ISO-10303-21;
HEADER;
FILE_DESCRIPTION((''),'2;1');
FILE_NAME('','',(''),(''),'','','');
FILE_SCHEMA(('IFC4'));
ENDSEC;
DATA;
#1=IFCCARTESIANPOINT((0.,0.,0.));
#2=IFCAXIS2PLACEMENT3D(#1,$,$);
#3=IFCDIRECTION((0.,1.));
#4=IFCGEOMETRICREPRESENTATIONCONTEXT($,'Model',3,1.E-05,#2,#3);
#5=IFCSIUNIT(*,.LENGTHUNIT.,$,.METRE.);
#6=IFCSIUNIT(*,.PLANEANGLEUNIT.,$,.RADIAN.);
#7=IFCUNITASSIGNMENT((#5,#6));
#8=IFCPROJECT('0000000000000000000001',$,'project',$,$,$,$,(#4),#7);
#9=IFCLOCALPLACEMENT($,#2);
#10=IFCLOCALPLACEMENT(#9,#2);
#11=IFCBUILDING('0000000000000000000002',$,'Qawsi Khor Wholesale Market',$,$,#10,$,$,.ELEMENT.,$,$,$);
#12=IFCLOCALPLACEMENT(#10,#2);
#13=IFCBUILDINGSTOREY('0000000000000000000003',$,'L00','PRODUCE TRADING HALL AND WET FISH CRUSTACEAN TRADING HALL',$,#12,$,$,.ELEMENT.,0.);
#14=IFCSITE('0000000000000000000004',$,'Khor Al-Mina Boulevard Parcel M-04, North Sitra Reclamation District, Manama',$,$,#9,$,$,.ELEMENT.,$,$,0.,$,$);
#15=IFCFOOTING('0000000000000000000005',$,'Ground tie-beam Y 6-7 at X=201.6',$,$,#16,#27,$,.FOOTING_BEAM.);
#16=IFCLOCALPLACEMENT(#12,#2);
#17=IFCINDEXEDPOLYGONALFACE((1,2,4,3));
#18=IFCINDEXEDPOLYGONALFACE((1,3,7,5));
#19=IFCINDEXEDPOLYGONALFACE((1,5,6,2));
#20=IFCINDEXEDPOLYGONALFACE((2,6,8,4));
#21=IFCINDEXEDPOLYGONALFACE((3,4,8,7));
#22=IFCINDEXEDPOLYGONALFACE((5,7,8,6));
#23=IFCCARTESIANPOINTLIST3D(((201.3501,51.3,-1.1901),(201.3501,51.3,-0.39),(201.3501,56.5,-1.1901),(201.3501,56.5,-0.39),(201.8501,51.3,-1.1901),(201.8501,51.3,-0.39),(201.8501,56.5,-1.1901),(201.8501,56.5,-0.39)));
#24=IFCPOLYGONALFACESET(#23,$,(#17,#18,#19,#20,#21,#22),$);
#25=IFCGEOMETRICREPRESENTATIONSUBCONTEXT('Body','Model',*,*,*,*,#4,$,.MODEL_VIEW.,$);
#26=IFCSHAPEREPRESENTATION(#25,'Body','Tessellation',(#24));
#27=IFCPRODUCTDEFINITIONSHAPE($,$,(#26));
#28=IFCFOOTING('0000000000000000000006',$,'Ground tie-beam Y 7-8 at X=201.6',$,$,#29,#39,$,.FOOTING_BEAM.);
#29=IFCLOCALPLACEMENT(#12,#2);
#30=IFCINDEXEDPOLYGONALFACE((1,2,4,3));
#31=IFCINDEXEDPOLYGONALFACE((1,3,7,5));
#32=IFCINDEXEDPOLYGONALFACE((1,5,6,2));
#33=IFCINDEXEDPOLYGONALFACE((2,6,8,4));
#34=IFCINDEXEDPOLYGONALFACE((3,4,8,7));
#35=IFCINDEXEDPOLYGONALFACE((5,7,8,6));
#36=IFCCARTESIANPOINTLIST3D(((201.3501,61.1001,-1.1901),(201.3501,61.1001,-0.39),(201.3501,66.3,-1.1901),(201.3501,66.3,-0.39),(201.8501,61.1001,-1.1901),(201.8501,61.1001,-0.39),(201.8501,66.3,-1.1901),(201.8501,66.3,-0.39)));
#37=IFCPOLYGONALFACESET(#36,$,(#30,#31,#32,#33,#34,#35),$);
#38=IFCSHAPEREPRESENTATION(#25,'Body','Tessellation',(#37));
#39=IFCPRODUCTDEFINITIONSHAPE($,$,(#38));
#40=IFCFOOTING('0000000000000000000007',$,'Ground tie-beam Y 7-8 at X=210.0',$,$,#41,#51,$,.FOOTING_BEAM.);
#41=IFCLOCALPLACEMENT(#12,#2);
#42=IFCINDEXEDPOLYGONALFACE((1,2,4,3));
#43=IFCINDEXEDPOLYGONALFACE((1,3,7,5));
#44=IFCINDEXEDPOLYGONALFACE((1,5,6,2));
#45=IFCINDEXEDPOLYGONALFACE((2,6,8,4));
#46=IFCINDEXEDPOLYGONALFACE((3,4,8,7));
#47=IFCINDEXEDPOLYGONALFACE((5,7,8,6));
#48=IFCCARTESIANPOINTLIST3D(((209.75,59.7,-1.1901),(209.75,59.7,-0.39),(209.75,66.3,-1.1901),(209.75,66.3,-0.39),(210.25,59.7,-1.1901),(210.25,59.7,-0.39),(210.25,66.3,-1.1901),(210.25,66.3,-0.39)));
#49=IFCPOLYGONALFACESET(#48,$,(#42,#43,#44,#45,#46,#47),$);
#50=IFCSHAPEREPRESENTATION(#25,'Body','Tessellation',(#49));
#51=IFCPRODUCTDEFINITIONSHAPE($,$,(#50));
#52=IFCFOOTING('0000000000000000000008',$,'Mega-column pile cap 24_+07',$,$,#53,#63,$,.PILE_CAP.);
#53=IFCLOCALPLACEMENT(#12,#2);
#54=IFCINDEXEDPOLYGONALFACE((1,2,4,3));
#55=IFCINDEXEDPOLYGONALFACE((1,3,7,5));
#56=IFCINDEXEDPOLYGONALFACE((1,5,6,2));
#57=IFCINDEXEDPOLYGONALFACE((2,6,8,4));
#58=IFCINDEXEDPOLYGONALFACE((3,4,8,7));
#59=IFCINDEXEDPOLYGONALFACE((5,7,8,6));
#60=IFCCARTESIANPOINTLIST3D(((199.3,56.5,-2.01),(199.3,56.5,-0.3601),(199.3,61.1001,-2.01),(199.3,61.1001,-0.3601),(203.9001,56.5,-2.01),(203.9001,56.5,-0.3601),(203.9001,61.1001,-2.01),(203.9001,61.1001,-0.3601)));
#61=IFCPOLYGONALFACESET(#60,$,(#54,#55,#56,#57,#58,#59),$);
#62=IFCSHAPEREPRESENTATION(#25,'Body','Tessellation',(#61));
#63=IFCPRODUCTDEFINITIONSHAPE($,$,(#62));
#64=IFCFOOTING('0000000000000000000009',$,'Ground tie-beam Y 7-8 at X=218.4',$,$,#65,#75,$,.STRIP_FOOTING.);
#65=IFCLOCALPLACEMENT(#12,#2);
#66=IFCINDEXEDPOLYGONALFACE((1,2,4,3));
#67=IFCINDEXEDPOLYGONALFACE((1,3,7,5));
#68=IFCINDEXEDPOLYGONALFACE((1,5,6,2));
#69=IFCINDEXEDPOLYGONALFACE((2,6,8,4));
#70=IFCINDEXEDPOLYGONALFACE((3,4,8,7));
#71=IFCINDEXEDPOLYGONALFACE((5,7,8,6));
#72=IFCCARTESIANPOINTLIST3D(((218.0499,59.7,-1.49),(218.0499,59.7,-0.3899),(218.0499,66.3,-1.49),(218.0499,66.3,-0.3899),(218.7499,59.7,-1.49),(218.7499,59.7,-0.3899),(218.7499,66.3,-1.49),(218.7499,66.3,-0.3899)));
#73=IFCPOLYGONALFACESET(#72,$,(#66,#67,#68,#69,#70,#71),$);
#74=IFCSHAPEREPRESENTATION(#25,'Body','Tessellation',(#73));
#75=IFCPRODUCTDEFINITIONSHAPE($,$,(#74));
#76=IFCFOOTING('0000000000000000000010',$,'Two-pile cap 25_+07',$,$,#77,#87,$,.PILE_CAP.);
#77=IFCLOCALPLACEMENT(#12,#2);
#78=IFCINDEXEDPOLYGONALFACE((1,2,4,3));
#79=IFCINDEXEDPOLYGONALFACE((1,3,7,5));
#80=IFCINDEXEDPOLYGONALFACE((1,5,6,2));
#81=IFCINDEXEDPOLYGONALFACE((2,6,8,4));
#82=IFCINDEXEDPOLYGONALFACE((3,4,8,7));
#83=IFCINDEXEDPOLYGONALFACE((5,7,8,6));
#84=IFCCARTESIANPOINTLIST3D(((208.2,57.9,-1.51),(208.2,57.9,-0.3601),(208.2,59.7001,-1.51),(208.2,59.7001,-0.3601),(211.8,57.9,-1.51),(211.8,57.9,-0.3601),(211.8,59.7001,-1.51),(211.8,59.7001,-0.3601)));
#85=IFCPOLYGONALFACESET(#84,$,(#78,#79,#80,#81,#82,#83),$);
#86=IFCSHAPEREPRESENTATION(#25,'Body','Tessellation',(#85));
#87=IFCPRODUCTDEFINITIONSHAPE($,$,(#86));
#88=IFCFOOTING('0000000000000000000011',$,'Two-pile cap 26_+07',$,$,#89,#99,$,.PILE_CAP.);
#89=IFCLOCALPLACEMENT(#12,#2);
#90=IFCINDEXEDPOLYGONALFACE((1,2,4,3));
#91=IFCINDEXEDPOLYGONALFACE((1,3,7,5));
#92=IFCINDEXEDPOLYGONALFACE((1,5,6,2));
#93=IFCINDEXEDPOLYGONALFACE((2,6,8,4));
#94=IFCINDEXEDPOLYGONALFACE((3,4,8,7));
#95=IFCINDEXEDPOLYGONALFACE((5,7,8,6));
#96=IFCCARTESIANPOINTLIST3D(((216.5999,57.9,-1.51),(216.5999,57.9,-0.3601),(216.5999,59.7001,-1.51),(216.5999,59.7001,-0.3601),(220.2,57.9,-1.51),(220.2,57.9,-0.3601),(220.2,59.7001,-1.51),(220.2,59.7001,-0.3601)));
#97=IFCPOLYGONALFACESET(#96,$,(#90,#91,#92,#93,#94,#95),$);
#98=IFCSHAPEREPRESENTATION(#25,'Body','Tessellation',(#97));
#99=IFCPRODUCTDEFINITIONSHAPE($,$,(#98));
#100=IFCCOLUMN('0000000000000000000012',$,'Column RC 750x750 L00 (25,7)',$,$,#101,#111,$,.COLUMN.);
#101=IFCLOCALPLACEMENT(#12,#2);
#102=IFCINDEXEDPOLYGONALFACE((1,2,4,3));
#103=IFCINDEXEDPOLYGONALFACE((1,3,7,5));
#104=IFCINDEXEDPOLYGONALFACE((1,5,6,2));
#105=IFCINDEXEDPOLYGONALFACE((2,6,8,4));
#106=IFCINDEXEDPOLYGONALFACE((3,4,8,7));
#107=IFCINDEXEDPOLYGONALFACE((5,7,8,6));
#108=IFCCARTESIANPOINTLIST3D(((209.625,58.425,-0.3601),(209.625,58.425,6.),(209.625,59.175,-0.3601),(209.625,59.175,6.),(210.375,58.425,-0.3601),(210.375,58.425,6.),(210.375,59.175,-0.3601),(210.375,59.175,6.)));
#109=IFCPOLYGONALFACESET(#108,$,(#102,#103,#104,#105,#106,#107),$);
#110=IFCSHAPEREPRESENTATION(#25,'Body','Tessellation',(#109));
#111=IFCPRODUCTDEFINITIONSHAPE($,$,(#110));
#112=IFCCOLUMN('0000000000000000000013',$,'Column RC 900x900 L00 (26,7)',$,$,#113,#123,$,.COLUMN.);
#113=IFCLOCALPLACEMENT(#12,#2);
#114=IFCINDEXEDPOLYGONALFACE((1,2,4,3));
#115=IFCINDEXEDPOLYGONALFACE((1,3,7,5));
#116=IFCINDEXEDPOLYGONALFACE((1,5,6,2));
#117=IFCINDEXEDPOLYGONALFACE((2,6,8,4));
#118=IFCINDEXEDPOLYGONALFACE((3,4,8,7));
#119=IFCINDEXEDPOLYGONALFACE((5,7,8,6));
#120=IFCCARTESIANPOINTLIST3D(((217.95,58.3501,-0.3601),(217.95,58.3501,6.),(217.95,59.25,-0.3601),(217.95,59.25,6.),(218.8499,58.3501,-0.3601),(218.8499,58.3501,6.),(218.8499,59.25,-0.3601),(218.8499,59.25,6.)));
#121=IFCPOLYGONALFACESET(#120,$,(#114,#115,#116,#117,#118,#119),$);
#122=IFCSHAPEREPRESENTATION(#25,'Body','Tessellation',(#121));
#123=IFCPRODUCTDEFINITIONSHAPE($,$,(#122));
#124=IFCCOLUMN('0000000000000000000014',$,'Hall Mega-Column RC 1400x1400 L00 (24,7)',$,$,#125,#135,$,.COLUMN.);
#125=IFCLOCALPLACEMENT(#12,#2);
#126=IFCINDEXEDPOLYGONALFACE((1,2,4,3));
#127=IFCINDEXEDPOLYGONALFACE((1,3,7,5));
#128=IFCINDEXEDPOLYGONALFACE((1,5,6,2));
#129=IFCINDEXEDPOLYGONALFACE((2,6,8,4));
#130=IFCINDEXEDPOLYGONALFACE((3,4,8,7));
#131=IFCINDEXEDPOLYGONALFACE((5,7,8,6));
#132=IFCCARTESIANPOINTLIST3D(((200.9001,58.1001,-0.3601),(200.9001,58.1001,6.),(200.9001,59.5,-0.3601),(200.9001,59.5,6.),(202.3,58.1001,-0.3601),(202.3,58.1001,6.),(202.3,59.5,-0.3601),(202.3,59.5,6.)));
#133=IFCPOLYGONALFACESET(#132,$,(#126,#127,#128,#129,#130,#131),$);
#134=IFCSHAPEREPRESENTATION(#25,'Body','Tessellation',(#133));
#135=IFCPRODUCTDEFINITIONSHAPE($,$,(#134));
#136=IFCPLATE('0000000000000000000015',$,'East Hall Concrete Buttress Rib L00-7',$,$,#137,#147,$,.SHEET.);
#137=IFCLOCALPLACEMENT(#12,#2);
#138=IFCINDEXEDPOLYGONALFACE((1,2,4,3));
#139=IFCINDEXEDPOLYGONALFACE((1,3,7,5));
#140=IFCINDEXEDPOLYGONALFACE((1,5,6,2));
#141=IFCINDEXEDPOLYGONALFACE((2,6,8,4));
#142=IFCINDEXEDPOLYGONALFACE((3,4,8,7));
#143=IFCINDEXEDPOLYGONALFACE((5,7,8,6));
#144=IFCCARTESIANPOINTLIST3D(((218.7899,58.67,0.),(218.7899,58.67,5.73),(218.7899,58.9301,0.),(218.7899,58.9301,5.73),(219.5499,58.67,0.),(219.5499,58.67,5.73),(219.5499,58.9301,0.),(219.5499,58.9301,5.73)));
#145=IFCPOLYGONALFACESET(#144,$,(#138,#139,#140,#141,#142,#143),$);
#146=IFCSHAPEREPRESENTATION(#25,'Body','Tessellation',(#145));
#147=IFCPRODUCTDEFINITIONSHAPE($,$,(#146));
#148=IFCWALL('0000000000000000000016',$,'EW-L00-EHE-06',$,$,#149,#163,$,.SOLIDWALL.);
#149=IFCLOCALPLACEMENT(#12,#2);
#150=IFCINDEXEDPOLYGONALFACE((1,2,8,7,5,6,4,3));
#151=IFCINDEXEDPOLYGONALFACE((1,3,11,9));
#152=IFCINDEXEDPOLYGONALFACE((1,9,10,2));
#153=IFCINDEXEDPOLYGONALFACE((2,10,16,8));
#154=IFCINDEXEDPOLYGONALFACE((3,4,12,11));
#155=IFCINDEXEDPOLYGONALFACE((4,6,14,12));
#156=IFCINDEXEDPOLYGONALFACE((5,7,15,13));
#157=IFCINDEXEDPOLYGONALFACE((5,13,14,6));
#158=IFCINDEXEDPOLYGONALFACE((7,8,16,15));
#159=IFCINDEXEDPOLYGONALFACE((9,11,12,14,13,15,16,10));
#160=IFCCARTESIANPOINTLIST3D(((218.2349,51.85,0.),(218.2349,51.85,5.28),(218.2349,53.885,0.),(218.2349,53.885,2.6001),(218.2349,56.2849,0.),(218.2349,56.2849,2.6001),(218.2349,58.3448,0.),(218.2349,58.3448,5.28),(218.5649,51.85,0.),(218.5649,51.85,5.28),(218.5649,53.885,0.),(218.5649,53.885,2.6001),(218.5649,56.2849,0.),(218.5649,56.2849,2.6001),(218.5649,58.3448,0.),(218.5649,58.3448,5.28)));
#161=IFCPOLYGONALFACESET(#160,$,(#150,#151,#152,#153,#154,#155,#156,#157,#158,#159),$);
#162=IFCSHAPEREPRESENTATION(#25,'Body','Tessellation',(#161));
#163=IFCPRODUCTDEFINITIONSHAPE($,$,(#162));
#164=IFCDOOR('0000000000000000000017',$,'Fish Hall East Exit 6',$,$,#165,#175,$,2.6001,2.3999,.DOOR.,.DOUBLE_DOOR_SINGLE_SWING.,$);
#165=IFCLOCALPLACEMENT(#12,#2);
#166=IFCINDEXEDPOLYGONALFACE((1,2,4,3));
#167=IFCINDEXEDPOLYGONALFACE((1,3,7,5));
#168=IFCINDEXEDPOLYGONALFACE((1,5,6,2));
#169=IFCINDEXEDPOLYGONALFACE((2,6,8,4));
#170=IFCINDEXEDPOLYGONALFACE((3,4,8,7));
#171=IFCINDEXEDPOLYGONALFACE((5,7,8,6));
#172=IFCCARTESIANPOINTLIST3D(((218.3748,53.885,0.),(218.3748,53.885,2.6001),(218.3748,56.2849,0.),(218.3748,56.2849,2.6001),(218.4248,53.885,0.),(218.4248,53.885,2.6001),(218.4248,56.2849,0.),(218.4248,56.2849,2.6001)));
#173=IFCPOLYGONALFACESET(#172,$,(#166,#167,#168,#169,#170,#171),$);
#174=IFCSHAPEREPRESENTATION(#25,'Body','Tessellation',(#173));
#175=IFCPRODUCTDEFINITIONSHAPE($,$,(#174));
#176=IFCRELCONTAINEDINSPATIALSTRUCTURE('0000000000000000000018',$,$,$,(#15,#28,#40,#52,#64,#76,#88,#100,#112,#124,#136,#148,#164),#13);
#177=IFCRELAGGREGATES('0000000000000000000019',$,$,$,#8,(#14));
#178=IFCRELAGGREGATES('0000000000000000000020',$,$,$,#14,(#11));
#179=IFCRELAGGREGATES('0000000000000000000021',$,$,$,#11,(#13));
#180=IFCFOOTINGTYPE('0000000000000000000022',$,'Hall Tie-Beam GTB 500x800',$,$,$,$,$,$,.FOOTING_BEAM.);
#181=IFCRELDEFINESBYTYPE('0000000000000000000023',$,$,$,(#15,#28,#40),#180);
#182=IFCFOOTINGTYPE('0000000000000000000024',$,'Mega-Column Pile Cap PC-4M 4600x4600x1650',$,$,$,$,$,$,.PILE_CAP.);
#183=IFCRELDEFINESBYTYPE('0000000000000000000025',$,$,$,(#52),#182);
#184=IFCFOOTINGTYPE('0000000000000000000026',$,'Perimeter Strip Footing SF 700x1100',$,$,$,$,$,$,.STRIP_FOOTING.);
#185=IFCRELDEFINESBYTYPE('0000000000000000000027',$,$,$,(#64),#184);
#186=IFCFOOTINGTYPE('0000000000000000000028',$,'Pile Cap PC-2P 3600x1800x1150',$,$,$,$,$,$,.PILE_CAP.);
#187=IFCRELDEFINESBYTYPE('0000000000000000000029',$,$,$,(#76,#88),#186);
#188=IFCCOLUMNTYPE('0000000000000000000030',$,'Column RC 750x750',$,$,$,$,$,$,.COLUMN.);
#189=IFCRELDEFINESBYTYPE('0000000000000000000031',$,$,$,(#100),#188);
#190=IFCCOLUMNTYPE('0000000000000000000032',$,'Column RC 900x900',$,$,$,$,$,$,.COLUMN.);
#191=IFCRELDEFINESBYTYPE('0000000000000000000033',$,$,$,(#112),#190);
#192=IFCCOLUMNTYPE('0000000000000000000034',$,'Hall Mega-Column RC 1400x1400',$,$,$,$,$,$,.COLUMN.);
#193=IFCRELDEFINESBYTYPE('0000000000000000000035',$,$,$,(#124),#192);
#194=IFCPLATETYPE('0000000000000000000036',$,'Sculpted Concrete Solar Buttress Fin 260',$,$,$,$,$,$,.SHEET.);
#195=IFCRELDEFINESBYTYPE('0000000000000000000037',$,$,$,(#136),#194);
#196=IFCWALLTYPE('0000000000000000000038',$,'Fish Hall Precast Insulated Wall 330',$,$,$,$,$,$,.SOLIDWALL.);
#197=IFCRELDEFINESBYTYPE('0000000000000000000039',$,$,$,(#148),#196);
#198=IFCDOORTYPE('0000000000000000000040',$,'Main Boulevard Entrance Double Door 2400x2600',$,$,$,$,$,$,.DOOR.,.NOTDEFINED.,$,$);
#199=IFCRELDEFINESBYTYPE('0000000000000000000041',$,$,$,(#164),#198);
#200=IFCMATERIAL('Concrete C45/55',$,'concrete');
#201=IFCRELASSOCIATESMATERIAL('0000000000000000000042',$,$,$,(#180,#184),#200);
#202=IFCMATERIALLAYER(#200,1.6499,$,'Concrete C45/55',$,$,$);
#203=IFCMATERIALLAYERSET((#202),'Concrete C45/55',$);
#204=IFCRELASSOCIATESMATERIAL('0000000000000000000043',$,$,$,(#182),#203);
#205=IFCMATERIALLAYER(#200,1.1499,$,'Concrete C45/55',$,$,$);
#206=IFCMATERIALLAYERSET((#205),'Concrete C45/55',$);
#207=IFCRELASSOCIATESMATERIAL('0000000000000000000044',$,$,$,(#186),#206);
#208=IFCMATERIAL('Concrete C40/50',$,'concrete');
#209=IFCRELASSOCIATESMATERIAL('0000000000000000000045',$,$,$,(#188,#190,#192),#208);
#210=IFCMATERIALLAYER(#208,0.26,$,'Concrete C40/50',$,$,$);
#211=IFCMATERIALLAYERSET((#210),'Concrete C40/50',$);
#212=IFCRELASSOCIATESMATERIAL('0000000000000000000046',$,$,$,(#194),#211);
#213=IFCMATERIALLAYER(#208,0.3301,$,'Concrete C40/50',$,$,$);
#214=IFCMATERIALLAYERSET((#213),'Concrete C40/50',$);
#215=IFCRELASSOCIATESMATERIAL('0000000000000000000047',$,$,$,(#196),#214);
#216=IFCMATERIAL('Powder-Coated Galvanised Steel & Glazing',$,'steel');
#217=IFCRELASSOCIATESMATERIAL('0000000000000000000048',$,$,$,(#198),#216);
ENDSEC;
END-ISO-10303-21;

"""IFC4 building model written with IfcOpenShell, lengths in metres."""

from ifc_helpers import new_model, si_unit, direction, frame, frame_2d, origin, origin_2d, place, context, subcontext, project, spatial, rectangle, extrude, material, layer, layer_set, material_profile, profile_set, type_object, element, fill, save


model = new_model("IFC4")

# Units and contexts
model_context = context("Model", 3, precision=1e-05, world=origin(), true_north=direction((0.0, 1.0)))
body_context = subcontext(model_context, "Body", "Model", "MODEL_VIEW")
ifc_project = project(units=[si_unit("LENGTHUNIT", "METRE"), si_unit("PLANEANGLEUNIT", "RADIAN")], contexts=[model_context])

# Site, building, storey
site_placement = place(None, origin())
site = spatial("IfcSite", under=ifc_project, at=site_placement, Name="Khor Al-Mina Boulevard Parcel M-04, North Sitra Reclamation District, Manama", CompositionType="ELEMENT", RefElevation=0.0)
building_placement = place(site_placement, origin())
building = spatial("IfcBuilding", under=site, at=building_placement, Name="Qawsi Khor Wholesale Market", CompositionType="ELEMENT")
storey_placement = place(building_placement, origin())
storey = spatial("IfcBuildingStorey", under=building, at=storey_placement, Name="L00", Description="PRODUCE TRADING HALL AND WET FISH CRUSTACEAN TRADING HALL", CompositionType="ELEMENT", Elevation=0.0)

# Shared definitions
ifc_material_1 = material(Name="Concrete C45/55", Category="concrete")

# Footings
ifc_material_profile_1 = material_profile(ifc_material_1, rectangle(XDim=0.5, YDim=0.8, at=origin_2d()), Name="RC 500x800")
ifc_profile_set_1 = profile_set([ifc_material_profile_1], Name="Concrete C45/55")
footing_type_1 = type_object("IfcFootingType", Name="Hall Tie-Beam GTB 500x800", PredefinedType="FOOTING_BEAM", material=ifc_profile_set_1)
for number, where, z_axis, x_axis, name in (
    (1, (201.6001, 51.3, -0.79), (0.0, 1.0, 0.0), (-1.0, 0.0, 0.0), "Ground tie-beam Y 6-7 at X=201.6"),
    (2, (201.6001, 61.1001, -0.79), (0.0, 1.0, 0.0), (-1.0, 0.0, 0.0), "Ground tie-beam Y 7-8 at X=201.6"),
):
    element("IfcFooting", number, at=place(storey_placement, frame(where, z_axis=z_axis, x_axis=x_axis)), inside=storey, type_object=footing_type_1, Name=name, PredefinedType="FOOTING_BEAM", context=body_context, shape_type="SweptSolid", body=[
        extrude(rectangle(XDim=0.5, YDim=0.8, at=origin_2d()), origin(), (0.0, 0.0, 1.0), 5.2),
    ])
footing_1_placement = place(storey_placement, frame((210.0, 59.7, -0.79), z_axis=(0.0, 1.0, 0.0), x_axis=(-1.0, 0.0, 0.0)))
element("IfcFooting", 3, at=footing_1_placement, inside=storey, type_object=footing_type_1, Name="Ground tie-beam Y 7-8 at X=210.0", PredefinedType="FOOTING_BEAM", context=body_context, shape_type="SweptSolid", body=[
    extrude(rectangle(XDim=0.5, YDim=0.8, at=origin_2d()), origin(), (0.0, 0.0, 1.0), 6.6001),
])
ifc_layer_1 = layer(ifc_material_1, 1.6499, Name="Concrete C45/55")
ifc_layer_set_1 = layer_set([ifc_layer_1], Name="Concrete C45/55")
footing_type_2 = type_object("IfcFootingType", Name="Mega-Column Pile Cap PC-4M 4600x4600x1650", PredefinedType="PILE_CAP", material=ifc_layer_set_1)
footing_2_placement = place(storey_placement, frame((201.6001, 58.8, -2.01), z_axis=(0.0, 0.0, 1.0), x_axis=(1.0, 0.0, 0.0)))
element("IfcFooting", 4, at=footing_2_placement, inside=storey, type_object=footing_type_2, Name="Mega-column pile cap 24_+07", PredefinedType="PILE_CAP", context=body_context, shape_type="SweptSolid", body=[
    extrude(rectangle(XDim=4.6001, YDim=4.6001, at=origin_2d()), origin(), (0.0, 0.0, 1.0), 1.6499),
])
ifc_material_profile_2 = material_profile(ifc_material_1, rectangle(XDim=0.7, YDim=1.1001, at=origin_2d()), Name="RC 700x1100")
ifc_profile_set_2 = profile_set([ifc_material_profile_2], Name="Concrete C45/55")
footing_type_3 = type_object("IfcFootingType", Name="Perimeter Strip Footing SF 700x1100", PredefinedType="STRIP_FOOTING", material=ifc_profile_set_2)
footing_3_placement = place(storey_placement, frame((218.3999, 59.7, -0.9399), z_axis=(0.0, 1.0, 0.0), x_axis=(-1.0, 0.0, 0.0)))
element("IfcFooting", 5, at=footing_3_placement, inside=storey, type_object=footing_type_3, Name="Ground tie-beam Y 7-8 at X=218.4", PredefinedType="STRIP_FOOTING", context=body_context, shape_type="SweptSolid", body=[
    extrude(rectangle(XDim=0.7, YDim=1.1001, at=origin_2d()), origin(), (0.0, 0.0, 1.0), 6.6001),
])
ifc_layer_2 = layer(ifc_material_1, 1.1499, Name="Concrete C45/55")
ifc_layer_set_2 = layer_set([ifc_layer_2], Name="Concrete C45/55")
footing_type_4 = type_object("IfcFootingType", Name="Pile Cap PC-2P 3600x1800x1150", PredefinedType="PILE_CAP", material=ifc_layer_set_2)
for number, where, z_axis, x_axis, name in (
    (6, (210.0, 58.8, -1.51), (0.0, 0.0, 1.0), (1.0, 0.0, 0.0), "Two-pile cap 25_+07"),
    (7, (218.3999, 58.8, -1.51), (0.0, 0.0, 1.0), (1.0, 0.0, 0.0), "Two-pile cap 26_+07"),
):
    element("IfcFooting", number, at=place(storey_placement, frame(where, z_axis=z_axis, x_axis=x_axis)), inside=storey, type_object=footing_type_4, Name=name, PredefinedType="PILE_CAP", context=body_context, shape_type="SweptSolid", body=[
        extrude(rectangle(XDim=3.6001, YDim=1.8, at=origin_2d()), origin(), (0.0, 0.0, 1.0), 1.1499),
    ])

# Columns
ifc_material_2 = material(Name="Concrete C40/50", Category="concrete")
ifc_material_profile_3 = material_profile(ifc_material_2, rectangle(XDim=0.75, YDim=0.75, at=origin_2d()), Name="RC 750x750")
ifc_profile_set_3 = profile_set([ifc_material_profile_3], Name="Concrete C40/50")
column_type_1 = type_object("IfcColumnType", Name="Column RC 750x750", PredefinedType="COLUMN", material=ifc_profile_set_3)
column_1_placement = place(storey_placement, frame((210.0, 58.8, -0.3601), z_axis=(0.0, 0.0, 1.0), x_axis=(1.0, 0.0, 0.0)))
element("IfcColumn", 8, at=column_1_placement, inside=storey, type_object=column_type_1, Name="Column RC 750x750 L00 (25,7)", PredefinedType="COLUMN", context=body_context, shape_type="SweptSolid", body=[
    extrude(rectangle(XDim=0.75, YDim=0.75, at=origin_2d()), origin(), (0.0, 0.0, 1.0), 6.3601),
])
ifc_material_profile_4 = material_profile(ifc_material_2, rectangle(XDim=0.8999, YDim=0.8999, at=origin_2d()), Name="RC 900x900")
ifc_profile_set_4 = profile_set([ifc_material_profile_4], Name="Concrete C40/50")
column_type_2 = type_object("IfcColumnType", Name="Column RC 900x900", PredefinedType="COLUMN", material=ifc_profile_set_4)
column_2_placement = place(storey_placement, frame((218.3999, 58.8, -0.3601), z_axis=(0.0, 0.0, 1.0), x_axis=(1.0, 0.0, 0.0)))
element("IfcColumn", 9, at=column_2_placement, inside=storey, type_object=column_type_2, Name="Column RC 900x900 L00 (26,7)", PredefinedType="COLUMN", context=body_context, shape_type="SweptSolid", body=[
    extrude(rectangle(XDim=0.8999, YDim=0.8999, at=origin_2d()), origin(), (0.0, 0.0, 1.0), 6.3601),
])
ifc_material_profile_5 = material_profile(ifc_material_2, rectangle(XDim=1.3999, YDim=1.3999, at=origin_2d()), Name="RC 1400x1400")
ifc_profile_set_5 = profile_set([ifc_material_profile_5], Name="Concrete C40/50")
column_type_3 = type_object("IfcColumnType", Name="Hall Mega-Column RC 1400x1400", PredefinedType="COLUMN", material=ifc_profile_set_5)
column_3_placement = place(storey_placement, frame((201.6001, 58.8, -0.3601), z_axis=(0.0, 0.0, 1.0), x_axis=(1.0, 0.0, 0.0)))
element("IfcColumn", 10, at=column_3_placement, inside=storey, type_object=column_type_3, Name="Hall Mega-Column RC 1400x1400 L00 (24,7)", PredefinedType="COLUMN", context=body_context, shape_type="SweptSolid", body=[
    extrude(rectangle(XDim=1.3999, YDim=1.3999, at=origin_2d()), origin(), (0.0, 0.0, 1.0), 6.3601),
])

# Plate
ifc_layer_3 = layer(ifc_material_2, 0.26, Name="Concrete C40/50")
ifc_layer_set_3 = layer_set([ifc_layer_3], Name="Concrete C40/50")
plate_type = type_object("IfcPlateType", Name="Sculpted Concrete Solar Buttress Fin 260", PredefinedType="SHEET", material=ifc_layer_set_3)
plate_placement = place(storey_placement, frame((218.79, 58.8, 0.0), z_axis=(0.0, 0.0, 1.0), x_axis=(1.0, 0.0, 0.0)))
element("IfcPlate", 11, at=plate_placement, inside=storey, type_object=plate_type, Name="East Hall Concrete Buttress Rib L00-7", PredefinedType="SHEET", context=body_context, shape_type="SweptSolid", body=[
    extrude(rectangle(XDim=0.76, YDim=0.26, at=frame_2d((0.3799, 0.0))), origin(), (0.0, 0.0, 1.0), 5.73),
])

# Wall, opening, door
ifc_layer_4 = layer(ifc_material_2, 0.3301, Name="Concrete C40/50")
ifc_layer_set_4 = layer_set([ifc_layer_4], Name="Concrete C40/50")
wall_type_1 = type_object("IfcWallType", Name="Fish Hall Precast Insulated Wall 330", PredefinedType="SOLIDWALL", material=ifc_layer_set_4)
wall_1_placement = place(storey_placement, frame((218.3999, 58.345, 0.0), z_axis=(0.0, 0.0, 1.0), x_axis=(0.0, -1.0, 0.0)))
wall_1 = element("IfcWall", 12, at=wall_1_placement, inside=storey, type_object=wall_type_1, Name="EW-L00-EHE-06", PredefinedType="SOLIDWALL", context=body_context, shape_type="SweptSolid", body=[
    extrude(rectangle(XDim=6.4949, YDim=0.3301, at=frame_2d((3.2476, 0.0))), origin(), (0.0, 0.0, 1.0), 5.28),
])
opening_1_placement = place(wall_1_placement, frame((2.0601, 0.0, 0.0)))
opening_1 = element("IfcOpeningElement", 13, at=opening_1_placement, cuts=wall_1, PredefinedType="OPENING", context=body_context, shape_type="SweptSolid", body=[
    extrude(rectangle(XDim=2.3999, YDim=2.6001, at=frame_2d((1.2, 1.3))), frame((0.0, 0.175, 0.0), z_axis=(0.0, -1.0, 0.0), x_axis=(1.0, 0.0, 0.0)), (0.0, 0.0, 1.0), 0.3501),
])
ifc_material_3 = material(Name="Powder-Coated Galvanised Steel & Glazing", Category="steel")
door_type_1 = type_object("IfcDoorType", Name="Main Boulevard Entrance Double Door 2400x2600", OperationType="NOTDEFINED", PredefinedType="DOOR", material=ifc_material_3)
door_1_placement = place(opening_1_placement, origin())
door_1 = element("IfcDoor", 14, at=door_1_placement, inside=storey, type_object=door_type_1, Name="Fish Hall East Exit 6", OperationType="DOUBLE_DOOR_SINGLE_SWING", OverallHeight=2.6001, OverallWidth=2.3999, PredefinedType="DOOR", context=body_context, shape_type="SweptSolid", body=[
    extrude(rectangle(XDim=2.3999, YDim=2.6001, at=frame_2d((1.2, 1.3))), frame((0.0, 0.0249, 0.0), z_axis=(0.0, -1.0, 0.0), x_axis=(1.0, 0.0, 0.0)), (0.0, 0.0, 1.0), 0.05),
])
fill(opening_1, door_1)

save(model, "model.ifc")
